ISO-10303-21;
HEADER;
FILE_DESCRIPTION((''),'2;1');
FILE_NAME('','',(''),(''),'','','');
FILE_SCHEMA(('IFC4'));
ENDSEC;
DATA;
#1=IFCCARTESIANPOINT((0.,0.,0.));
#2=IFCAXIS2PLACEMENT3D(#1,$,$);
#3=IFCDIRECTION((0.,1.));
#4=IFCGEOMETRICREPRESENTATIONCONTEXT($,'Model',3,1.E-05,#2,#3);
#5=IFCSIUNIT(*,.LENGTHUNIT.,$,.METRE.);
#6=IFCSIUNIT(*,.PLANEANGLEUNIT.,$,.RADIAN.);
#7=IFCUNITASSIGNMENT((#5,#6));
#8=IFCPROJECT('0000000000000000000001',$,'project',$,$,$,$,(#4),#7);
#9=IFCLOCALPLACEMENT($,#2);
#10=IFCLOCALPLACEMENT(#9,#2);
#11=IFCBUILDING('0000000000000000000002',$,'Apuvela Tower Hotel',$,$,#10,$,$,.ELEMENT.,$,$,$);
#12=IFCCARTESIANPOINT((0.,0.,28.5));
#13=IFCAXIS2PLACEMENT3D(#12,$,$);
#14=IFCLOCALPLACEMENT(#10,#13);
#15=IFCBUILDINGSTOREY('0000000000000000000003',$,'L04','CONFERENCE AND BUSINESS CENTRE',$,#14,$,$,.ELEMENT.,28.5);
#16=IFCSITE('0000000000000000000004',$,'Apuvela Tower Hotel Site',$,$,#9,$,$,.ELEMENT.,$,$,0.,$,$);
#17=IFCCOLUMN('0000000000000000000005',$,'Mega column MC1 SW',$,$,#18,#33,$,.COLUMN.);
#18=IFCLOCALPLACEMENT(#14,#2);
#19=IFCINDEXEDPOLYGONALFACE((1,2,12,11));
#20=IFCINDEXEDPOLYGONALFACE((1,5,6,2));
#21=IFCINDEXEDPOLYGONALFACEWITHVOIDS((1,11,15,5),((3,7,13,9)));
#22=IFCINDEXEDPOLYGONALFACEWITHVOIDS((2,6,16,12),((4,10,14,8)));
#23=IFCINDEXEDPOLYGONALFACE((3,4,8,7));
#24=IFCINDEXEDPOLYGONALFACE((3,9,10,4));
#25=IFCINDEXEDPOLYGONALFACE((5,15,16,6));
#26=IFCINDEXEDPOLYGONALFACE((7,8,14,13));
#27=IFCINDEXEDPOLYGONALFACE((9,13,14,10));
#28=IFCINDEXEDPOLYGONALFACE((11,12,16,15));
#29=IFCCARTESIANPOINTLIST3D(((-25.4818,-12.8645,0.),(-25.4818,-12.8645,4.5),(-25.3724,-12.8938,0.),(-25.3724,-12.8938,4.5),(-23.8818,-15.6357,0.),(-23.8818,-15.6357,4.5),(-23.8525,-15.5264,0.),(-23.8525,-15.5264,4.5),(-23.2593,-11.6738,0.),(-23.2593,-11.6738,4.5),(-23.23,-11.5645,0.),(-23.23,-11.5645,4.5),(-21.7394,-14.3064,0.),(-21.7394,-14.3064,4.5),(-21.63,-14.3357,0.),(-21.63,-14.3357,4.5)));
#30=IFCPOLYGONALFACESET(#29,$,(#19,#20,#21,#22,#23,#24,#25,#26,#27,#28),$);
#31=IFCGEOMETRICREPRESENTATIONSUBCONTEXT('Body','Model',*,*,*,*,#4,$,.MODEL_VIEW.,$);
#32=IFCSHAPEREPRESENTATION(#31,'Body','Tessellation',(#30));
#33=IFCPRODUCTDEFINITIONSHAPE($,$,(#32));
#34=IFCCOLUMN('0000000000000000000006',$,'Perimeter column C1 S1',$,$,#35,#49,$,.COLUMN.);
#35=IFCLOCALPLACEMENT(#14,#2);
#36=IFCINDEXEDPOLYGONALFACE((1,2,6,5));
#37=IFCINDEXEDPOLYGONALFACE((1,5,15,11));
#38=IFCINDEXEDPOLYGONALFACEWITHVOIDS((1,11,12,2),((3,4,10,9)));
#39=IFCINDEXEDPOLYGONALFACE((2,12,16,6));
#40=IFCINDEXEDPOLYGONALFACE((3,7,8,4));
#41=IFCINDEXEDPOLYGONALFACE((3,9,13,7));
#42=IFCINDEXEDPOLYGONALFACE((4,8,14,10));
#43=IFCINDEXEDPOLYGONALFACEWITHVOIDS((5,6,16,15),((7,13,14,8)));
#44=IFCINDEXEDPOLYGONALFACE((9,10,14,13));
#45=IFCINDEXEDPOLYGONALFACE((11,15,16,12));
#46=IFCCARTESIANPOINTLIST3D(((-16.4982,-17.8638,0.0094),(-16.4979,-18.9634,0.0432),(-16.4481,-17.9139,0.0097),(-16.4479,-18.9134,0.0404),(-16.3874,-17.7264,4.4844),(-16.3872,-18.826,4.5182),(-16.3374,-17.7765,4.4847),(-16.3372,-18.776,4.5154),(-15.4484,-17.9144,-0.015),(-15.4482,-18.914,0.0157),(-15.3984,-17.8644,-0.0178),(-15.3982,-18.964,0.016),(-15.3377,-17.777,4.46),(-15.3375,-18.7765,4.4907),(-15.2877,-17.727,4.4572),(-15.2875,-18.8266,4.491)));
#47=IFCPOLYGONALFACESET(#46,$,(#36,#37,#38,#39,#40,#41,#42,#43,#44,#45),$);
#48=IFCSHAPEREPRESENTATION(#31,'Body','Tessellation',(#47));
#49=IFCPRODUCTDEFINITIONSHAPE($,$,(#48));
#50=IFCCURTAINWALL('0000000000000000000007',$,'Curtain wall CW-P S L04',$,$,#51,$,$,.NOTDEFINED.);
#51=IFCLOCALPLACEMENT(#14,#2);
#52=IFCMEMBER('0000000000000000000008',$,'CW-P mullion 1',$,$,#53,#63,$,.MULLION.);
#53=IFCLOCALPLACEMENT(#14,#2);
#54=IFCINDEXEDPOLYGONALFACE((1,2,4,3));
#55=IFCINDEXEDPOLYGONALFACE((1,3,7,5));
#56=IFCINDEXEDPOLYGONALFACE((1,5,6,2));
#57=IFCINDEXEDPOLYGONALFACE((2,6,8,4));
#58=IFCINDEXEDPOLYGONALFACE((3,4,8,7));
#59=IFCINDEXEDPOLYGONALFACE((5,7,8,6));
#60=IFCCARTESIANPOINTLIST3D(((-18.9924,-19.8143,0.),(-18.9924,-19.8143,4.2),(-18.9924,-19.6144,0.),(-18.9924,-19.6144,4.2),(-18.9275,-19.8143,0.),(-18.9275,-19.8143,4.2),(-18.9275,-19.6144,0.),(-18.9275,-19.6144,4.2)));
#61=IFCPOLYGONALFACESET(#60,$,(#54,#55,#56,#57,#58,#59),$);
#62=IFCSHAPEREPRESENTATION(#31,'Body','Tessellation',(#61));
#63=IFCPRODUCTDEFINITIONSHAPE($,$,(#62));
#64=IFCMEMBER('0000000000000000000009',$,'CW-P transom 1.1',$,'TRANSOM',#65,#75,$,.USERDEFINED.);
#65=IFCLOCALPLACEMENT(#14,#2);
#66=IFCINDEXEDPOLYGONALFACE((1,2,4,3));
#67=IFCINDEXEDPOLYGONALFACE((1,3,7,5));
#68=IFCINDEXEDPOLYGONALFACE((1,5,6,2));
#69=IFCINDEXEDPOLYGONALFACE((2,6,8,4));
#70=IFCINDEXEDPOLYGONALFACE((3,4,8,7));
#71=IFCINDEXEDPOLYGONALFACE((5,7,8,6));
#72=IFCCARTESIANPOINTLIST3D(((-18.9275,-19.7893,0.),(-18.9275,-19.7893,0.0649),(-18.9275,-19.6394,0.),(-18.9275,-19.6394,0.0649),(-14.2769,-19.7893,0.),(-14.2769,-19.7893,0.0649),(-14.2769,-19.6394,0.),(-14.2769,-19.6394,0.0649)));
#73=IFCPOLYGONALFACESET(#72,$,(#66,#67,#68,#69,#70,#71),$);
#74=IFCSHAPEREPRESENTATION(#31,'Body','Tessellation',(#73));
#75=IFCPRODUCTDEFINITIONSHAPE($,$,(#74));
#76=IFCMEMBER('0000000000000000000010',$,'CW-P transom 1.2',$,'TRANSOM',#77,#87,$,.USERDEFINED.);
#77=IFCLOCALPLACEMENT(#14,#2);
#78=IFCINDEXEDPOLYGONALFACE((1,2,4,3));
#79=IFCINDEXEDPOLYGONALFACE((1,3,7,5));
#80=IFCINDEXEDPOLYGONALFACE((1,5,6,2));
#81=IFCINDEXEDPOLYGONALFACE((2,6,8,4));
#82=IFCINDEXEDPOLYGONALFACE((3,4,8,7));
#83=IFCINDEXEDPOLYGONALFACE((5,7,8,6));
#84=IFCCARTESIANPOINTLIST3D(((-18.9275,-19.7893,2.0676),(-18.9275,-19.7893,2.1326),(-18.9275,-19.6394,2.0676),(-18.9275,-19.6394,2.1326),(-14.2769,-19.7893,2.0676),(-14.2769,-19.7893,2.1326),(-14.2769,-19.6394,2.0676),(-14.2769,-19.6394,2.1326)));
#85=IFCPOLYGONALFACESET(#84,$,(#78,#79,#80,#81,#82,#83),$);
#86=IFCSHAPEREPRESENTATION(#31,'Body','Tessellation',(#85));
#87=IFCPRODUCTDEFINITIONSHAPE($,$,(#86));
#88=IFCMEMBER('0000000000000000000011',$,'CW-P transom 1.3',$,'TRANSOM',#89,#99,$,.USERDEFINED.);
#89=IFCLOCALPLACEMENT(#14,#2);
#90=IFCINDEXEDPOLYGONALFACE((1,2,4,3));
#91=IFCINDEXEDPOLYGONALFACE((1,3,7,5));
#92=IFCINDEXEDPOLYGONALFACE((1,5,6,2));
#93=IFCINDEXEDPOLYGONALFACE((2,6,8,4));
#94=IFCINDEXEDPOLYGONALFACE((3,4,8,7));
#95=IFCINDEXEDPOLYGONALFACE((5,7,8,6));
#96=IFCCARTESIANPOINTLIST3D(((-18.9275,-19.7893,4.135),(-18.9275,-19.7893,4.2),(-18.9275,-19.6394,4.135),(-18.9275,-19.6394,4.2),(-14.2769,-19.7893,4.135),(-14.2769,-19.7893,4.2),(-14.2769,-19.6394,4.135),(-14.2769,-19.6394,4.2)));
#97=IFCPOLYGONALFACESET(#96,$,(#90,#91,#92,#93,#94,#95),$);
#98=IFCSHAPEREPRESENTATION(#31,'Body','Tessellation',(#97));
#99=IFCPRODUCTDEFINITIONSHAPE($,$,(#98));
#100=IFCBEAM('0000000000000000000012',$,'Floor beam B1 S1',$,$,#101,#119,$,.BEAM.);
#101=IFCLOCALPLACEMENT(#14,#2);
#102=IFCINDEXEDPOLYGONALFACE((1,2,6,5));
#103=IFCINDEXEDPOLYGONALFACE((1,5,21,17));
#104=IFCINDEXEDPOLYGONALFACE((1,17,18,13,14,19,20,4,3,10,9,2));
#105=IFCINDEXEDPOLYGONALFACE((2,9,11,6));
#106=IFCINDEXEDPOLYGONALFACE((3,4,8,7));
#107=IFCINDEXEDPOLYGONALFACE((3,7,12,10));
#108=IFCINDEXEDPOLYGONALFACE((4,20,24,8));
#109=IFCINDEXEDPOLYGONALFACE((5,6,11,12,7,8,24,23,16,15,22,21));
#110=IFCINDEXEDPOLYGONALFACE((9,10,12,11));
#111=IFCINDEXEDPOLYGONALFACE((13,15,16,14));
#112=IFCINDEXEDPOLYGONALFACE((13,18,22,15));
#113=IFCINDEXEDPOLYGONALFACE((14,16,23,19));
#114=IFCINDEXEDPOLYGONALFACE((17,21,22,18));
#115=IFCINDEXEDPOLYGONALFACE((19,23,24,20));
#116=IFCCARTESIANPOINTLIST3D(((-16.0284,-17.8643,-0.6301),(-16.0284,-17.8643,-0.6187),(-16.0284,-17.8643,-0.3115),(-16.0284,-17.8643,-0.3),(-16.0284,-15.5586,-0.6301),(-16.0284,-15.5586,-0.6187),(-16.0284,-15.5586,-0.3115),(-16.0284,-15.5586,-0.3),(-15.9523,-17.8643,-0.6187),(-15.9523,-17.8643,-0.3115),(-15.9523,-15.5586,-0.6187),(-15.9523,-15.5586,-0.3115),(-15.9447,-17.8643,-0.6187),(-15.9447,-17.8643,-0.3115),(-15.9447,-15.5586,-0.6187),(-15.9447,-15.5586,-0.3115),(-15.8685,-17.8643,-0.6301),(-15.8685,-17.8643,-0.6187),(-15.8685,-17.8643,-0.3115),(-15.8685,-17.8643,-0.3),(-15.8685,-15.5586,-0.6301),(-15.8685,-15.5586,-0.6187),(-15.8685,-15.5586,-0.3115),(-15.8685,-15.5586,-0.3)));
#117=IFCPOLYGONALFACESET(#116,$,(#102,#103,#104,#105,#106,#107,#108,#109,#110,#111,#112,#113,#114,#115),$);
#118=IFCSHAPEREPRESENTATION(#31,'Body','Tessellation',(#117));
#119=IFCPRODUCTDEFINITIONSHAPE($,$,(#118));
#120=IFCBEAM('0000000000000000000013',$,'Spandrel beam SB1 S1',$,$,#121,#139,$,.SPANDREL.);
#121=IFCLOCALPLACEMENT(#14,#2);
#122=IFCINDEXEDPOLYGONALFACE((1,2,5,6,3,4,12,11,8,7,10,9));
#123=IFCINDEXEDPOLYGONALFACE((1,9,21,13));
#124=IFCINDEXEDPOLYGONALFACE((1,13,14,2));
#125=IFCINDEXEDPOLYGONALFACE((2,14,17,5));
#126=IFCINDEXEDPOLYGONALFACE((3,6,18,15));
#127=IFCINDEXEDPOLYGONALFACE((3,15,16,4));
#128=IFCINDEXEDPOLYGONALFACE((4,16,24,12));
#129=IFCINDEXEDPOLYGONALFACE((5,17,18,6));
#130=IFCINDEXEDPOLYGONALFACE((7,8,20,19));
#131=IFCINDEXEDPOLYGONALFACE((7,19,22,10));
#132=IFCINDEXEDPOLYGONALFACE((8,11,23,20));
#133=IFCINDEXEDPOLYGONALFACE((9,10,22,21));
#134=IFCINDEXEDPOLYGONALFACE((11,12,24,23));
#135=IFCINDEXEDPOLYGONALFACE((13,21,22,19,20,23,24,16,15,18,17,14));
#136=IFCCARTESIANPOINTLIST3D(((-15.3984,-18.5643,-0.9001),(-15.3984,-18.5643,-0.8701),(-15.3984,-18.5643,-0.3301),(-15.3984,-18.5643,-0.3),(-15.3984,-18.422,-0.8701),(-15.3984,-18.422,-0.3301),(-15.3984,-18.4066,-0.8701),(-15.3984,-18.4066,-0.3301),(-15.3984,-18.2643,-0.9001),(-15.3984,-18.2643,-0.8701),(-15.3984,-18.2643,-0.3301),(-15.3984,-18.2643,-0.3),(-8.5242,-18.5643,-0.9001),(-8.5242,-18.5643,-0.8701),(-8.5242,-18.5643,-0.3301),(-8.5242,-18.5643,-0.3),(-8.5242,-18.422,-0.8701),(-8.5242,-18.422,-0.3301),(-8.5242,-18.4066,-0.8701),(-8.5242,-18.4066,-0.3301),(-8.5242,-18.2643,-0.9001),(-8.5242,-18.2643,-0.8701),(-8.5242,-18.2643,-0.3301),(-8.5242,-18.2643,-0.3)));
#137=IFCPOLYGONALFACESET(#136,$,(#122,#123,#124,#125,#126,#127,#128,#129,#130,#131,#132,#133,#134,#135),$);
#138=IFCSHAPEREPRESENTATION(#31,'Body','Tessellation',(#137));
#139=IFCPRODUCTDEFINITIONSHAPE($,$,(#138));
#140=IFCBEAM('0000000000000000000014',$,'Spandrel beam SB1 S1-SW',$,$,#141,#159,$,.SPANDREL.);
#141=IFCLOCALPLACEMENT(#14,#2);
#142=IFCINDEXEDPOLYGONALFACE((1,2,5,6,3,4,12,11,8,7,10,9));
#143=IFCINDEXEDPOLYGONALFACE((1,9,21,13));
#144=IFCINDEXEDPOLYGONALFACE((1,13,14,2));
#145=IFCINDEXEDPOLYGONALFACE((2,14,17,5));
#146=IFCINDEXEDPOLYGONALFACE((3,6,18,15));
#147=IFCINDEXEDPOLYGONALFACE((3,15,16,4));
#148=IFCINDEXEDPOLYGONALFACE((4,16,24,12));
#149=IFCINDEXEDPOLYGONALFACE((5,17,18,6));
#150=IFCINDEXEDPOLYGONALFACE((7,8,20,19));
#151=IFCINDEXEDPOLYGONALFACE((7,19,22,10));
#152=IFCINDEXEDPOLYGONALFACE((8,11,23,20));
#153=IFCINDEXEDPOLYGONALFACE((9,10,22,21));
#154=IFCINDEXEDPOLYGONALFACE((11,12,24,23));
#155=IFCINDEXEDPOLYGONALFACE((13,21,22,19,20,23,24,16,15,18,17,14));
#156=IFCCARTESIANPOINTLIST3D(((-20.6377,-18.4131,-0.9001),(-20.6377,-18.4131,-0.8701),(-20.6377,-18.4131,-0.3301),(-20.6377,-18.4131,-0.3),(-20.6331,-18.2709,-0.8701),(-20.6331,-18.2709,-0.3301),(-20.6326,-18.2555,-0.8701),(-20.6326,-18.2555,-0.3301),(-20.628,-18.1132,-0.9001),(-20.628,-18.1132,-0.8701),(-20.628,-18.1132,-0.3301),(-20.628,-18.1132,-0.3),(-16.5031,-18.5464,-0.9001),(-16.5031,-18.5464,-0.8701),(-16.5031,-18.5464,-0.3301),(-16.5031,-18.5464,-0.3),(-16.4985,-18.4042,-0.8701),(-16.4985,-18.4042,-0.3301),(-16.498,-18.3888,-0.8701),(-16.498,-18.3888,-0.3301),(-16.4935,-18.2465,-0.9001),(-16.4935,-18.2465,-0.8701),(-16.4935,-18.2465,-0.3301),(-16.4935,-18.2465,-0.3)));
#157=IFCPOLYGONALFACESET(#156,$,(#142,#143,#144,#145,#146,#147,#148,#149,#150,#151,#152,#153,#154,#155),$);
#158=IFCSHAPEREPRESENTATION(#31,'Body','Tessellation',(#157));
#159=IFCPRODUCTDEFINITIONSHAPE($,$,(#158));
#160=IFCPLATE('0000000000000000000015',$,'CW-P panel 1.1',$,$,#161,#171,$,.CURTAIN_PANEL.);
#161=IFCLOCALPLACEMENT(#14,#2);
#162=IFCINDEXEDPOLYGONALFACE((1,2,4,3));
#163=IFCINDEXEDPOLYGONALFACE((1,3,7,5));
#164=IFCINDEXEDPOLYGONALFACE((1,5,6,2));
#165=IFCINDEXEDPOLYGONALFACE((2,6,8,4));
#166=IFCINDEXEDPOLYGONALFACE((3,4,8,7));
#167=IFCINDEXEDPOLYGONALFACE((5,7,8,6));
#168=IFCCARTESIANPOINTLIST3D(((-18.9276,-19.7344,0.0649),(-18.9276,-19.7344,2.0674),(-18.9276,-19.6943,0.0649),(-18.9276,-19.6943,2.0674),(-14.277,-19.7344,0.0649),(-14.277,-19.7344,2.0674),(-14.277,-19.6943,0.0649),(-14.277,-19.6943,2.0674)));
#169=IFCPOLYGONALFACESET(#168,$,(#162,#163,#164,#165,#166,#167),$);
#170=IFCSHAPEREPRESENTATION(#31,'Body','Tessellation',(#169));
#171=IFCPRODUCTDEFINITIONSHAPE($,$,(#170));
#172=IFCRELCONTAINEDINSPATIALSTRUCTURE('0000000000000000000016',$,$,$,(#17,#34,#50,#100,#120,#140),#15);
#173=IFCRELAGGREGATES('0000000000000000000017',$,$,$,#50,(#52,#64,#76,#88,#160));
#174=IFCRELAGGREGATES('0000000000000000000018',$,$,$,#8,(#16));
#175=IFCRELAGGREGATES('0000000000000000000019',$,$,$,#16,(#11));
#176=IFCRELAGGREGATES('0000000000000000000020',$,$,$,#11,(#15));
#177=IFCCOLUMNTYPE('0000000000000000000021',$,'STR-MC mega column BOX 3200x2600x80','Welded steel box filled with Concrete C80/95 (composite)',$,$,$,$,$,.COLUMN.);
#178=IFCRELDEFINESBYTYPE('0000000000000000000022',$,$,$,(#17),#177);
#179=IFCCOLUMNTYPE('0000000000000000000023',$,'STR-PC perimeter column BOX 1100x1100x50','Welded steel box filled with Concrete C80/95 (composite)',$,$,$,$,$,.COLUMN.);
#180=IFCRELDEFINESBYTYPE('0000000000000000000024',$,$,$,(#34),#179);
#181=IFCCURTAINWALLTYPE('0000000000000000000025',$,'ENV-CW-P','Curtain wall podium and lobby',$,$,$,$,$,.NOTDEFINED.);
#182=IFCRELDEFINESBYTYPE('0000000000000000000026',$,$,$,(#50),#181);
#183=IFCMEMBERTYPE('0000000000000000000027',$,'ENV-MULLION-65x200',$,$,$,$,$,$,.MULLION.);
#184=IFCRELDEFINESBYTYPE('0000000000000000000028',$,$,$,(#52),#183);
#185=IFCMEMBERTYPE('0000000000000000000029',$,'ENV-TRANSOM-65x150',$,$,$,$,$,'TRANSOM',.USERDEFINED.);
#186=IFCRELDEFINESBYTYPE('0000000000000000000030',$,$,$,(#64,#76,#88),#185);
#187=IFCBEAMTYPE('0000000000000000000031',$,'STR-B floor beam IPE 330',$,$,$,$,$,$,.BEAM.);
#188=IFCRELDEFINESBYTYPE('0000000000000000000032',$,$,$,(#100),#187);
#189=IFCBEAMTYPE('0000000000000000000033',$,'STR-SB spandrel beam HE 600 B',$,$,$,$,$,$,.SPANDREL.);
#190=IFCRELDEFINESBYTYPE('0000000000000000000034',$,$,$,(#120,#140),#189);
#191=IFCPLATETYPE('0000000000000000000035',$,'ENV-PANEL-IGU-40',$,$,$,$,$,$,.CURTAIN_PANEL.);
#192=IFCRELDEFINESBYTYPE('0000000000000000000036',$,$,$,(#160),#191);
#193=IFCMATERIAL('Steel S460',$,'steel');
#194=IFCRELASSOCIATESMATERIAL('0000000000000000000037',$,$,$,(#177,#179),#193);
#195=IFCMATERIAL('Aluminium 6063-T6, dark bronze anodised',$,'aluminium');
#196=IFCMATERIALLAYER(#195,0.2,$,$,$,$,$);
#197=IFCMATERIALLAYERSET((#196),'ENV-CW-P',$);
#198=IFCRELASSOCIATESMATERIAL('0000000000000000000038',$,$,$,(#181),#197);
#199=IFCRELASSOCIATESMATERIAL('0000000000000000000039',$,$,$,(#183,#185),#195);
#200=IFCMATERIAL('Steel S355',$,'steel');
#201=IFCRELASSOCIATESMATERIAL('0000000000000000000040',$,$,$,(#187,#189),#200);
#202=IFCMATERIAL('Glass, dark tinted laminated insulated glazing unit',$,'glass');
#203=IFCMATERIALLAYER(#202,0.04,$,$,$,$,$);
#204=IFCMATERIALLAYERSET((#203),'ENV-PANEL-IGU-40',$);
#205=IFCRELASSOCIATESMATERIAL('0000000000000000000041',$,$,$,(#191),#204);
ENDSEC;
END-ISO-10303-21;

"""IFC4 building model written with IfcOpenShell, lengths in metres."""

from ifc_helpers import new_model, si_unit, direction, frame, origin, origin_2d, place, context, subcontext, project, spatial, rectangle, hollow_rectangle, i_section, extrude, boolean, halfspace, material, layer, layer_set, material_profile, profile_set, type_object, element, aggregate, save


model = new_model("IFC4")

# Units and contexts
model_context = context("Model", 3, precision=1e-05, world=origin(), true_north=direction((0.0, 1.0)))
body_context = subcontext(model_context, "Body", "Model", "MODEL_VIEW")
ifc_project = project(units=[si_unit("LENGTHUNIT", "METRE"), si_unit("PLANEANGLEUNIT", "RADIAN")], contexts=[model_context])

# Site, building, storey
site_placement = place(None, origin())
site = spatial("IfcSite", under=ifc_project, at=site_placement, Name="Apuvela Tower Hotel Site", CompositionType="ELEMENT", RefElevation=0.0)
building_placement = place(site_placement, origin())
building = spatial("IfcBuilding", under=site, at=building_placement, Name="Apuvela Tower Hotel", CompositionType="ELEMENT")
storey_placement = place(building_placement, frame((0.0, 0.0, 28.5)))
storey = spatial("IfcBuildingStorey", under=building, at=storey_placement, Name="L04", Description="CONFERENCE AND BUSINESS CENTRE", CompositionType="ELEMENT", Elevation=28.5)

# Columns
ifc_material_1 = material(Name="Steel S460", Category="steel")
ifc_material_profile_1 = material_profile(ifc_material_1, hollow_rectangle(XDim=3.2, YDim=2.6001, WallThickness=0.0801, at=origin_2d()), Name="BOX 3200x2600x80")
ifc_material_2 = material(Name="Concrete C80/95", Category="concrete")
ifc_material_profile_2 = material_profile(ifc_material_2, rectangle(XDim=3.04, YDim=2.4399, at=origin_2d()), Name="Concrete C80/95 infill")
ifc_profile_set_1 = profile_set([ifc_material_profile_1, ifc_material_profile_2], Name="Steel S460")
column_type_1 = type_object("IfcColumnType", Name="STR-MC mega column BOX 3200x2600x80", Description="Welded steel box filled with Concrete C80/95 (composite)", PredefinedType="COLUMN", material=ifc_profile_set_1)
column_1_placement = place(storey_placement, frame((-23.5559, -13.6001, 0.0), z_axis=(0.0, 0.0, 1.0), x_axis=(-0.5, 0.866025, 0.0)))
element("IfcColumn", 1, at=column_1_placement, inside=storey, type_object=column_type_1, Name="Mega column MC1 SW", PredefinedType="COLUMN", context=body_context, shape_type="SweptSolid", body=[
    extrude(hollow_rectangle(XDim=3.2, YDim=2.6001, WallThickness=0.0801, at=origin_2d()), origin(), (0.0, 0.0, 1.0), 4.5),
])
ifc_material_profile_3 = material_profile(ifc_material_1, hollow_rectangle(XDim=1.1001, YDim=1.1001, WallThickness=0.05, at=origin_2d()), Name="BOX 1100x1100x50")
ifc_material_profile_4 = material_profile(ifc_material_2, rectangle(XDim=1.0, YDim=1.0, at=origin_2d()), Name="Concrete C80/95 infill")
ifc_profile_set_2 = profile_set([ifc_material_profile_3, ifc_material_profile_4], Name="Steel S460")
column_type_2 = type_object("IfcColumnType", Name="STR-PC perimeter column BOX 1100x1100x50", Description="Welded steel box filled with Concrete C80/95 (composite)", PredefinedType="COLUMN", material=ifc_profile_set_2)
column_2_placement = place(storey_placement, frame((-15.9485, -18.4143, 0.0), z_axis=(0.02472, 0.030684, 0.999223), x_axis=(-0.999694, 0.000568, 0.024715)))
element("IfcColumn", 2, at=column_2_placement, inside=storey, type_object=column_type_2, Name="Perimeter column C1 S1", PredefinedType="COLUMN", context=body_context, shape_type="SweptSolid", body=[
    boolean("DIFFERENCE", boolean("DIFFERENCE", extrude(hollow_rectangle(XDim=1.1001, YDim=1.1001, WallThickness=0.05, at=origin_2d()), origin(), (0.0, 0.0, 1.0), 4.5034), halfspace(frame((0.0, 0.0, 0.0127), z_axis=(0.0, 0.0, 1.0), x_axis=(1.0, 0.0, 0.0)), True)), halfspace(frame((0.0, 0.0, 4.4912), z_axis=(0.0, 0.0, 1.0), x_axis=(1.0, 0.0, 0.0)), False)),
])

# Curtain wall, members
ifc_material_3 = material(Name="Aluminium 6063-T6, dark bronze anodised", Category="aluminium")
ifc_layer_1 = layer(ifc_material_3, 0.2)
ifc_layer_set_1 = layer_set([ifc_layer_1], Name="ENV-CW-P")
curtain_wall_type = type_object("IfcCurtainWallType", Name="ENV-CW-P", Description="Curtain wall podium and lobby", PredefinedType="NOTDEFINED", material=ifc_layer_set_1)
curtain_wall_placement = place(storey_placement, origin())
curtain_wall = element("IfcCurtainWall", 3, at=curtain_wall_placement, inside=storey, type_object=curtain_wall_type, Name="Curtain wall CW-P S L04", PredefinedType="NOTDEFINED")
ifc_material_profile_5 = material_profile(ifc_material_3, rectangle(XDim=0.2, YDim=0.0649, at=origin_2d()), Name="AL 65x200")
ifc_profile_set_3 = profile_set([ifc_material_profile_5], Name="Aluminium 6063-T6, dark bronze anodised")
member_type_1 = type_object("IfcMemberType", Name="ENV-MULLION-65x200", PredefinedType="MULLION", material=ifc_profile_set_3)
member_1_placement = place(storey_placement, frame((-18.96, -19.7144, 0.0), z_axis=(0.0, 0.0, 1.0), x_axis=(0.0, 1.0, 0.0)))
member_1 = element("IfcMember", 4, at=member_1_placement, type_object=member_type_1, Name="CW-P mullion 1", PredefinedType="MULLION", context=body_context, shape_type="SweptSolid", body=[
    extrude(rectangle(XDim=0.2, YDim=0.0649, at=origin_2d()), origin(), (0.0, 0.0, 1.0), 4.2),
])
ifc_material_profile_6 = material_profile(ifc_material_3, rectangle(XDim=0.1499, YDim=0.0649, at=origin_2d()), Name="AL 65x150 transom")
ifc_profile_set_4 = profile_set([ifc_material_profile_6], Name="Aluminium 6063-T6, dark bronze anodised")
member_type_2 = type_object("IfcMemberType", Name="ENV-TRANSOM-65x150", ElementType="TRANSOM", PredefinedType="USERDEFINED", material=ifc_profile_set_4)
member_2_placement = place(storey_placement, frame((-18.9275, -19.7144, 0.0325), z_axis=(1.0, 0.0, 0.0), x_axis=(0.0, 1.0, 0.0)))
member_2 = element("IfcMember", 5, at=member_2_placement, type_object=member_type_2, Name="CW-P transom 1.1", ObjectType="TRANSOM", PredefinedType="USERDEFINED", context=body_context, shape_type="SweptSolid", body=[
    extrude(rectangle(XDim=0.1499, YDim=0.0649, at=origin_2d()), origin(), (0.0, 0.0, 1.0), 4.6506),
])
member_3_placement = place(storey_placement, frame((-18.9275, -19.7144, 2.1001), z_axis=(1.0, 0.0, 0.0), x_axis=(0.0, 1.0, 0.0)))
member_3 = element("IfcMember", 6, at=member_3_placement, type_object=member_type_2, Name="CW-P transom 1.2", ObjectType="TRANSOM", PredefinedType="USERDEFINED", context=body_context, shape_type="SweptSolid", body=[
    extrude(rectangle(XDim=0.1499, YDim=0.0649, at=origin_2d()), origin(), (0.0, 0.0, 1.0), 4.6506),
])
member_4_placement = place(storey_placement, frame((-18.9275, -19.7144, 4.1675), z_axis=(1.0, 0.0, 0.0), x_axis=(0.0, 1.0, 0.0)))
member_4 = element("IfcMember", 7, at=member_4_placement, type_object=member_type_2, Name="CW-P transom 1.3", ObjectType="TRANSOM", PredefinedType="USERDEFINED", context=body_context, shape_type="SweptSolid", body=[
    extrude(rectangle(XDim=0.1499, YDim=0.0649, at=origin_2d()), origin(), (0.0, 0.0, 1.0), 4.6506),
])

# Beams
ifc_material_4 = material(Name="Steel S355", Category="steel")
ifc_material_profile_7 = material_profile(ifc_material_4, i_section(OverallWidth=0.1599, OverallDepth=0.3301, WebThickness=0.0076, FlangeThickness=0.0115, at=origin_2d()), Name="IPE 330")
ifc_profile_set_5 = profile_set([ifc_material_profile_7], Name="Steel S355")
beam_type_1 = type_object("IfcBeamType", Name="STR-B floor beam IPE 330", PredefinedType="BEAM", material=ifc_profile_set_5)
beam_1_placement = place(storey_placement, frame((-15.9485, -17.8643, -0.4651), z_axis=(0.0, 1.0, 0.0), x_axis=(-1.0, 0.0, 0.0)))
element("IfcBeam", 8, at=beam_1_placement, inside=storey, type_object=beam_type_1, Name="Floor beam B1 S1", PredefinedType="BEAM", context=body_context, shape_type="SweptSolid", body=[
    extrude(i_section(OverallWidth=0.1599, OverallDepth=0.3301, WebThickness=0.0076, FlangeThickness=0.0115, at=origin_2d()), origin(), (0.0, 0.0, 1.0), 2.3057),
])
ifc_material_profile_8 = material_profile(ifc_material_4, i_section(OverallWidth=0.3, OverallDepth=0.6001, WebThickness=0.0154, FlangeThickness=0.03, at=origin_2d()), Name="HE 600 B")
ifc_profile_set_6 = profile_set([ifc_material_profile_8], Name="Steel S355")
beam_type_2 = type_object("IfcBeamType", Name="STR-SB spandrel beam HE 600 B", PredefinedType="SPANDREL", material=ifc_profile_set_6)
beam_2_placement = place(storey_placement, frame((-15.3984, -18.4143, -0.6001), z_axis=(1.0, 0.0, 0.0), x_axis=(0.0, 1.0, 0.0)))
element("IfcBeam", 9, at=beam_2_placement, inside=storey, type_object=beam_type_2, Name="Spandrel beam SB1 S1", PredefinedType="SPANDREL", context=body_context, shape_type="SweptSolid", body=[
    extrude(i_section(OverallWidth=0.3, OverallDepth=0.6001, WebThickness=0.0154, FlangeThickness=0.03, at=origin_2d()), origin(), (0.0, 0.0, 1.0), 6.8743),
])
beam_3_placement = place(storey_placement, frame((-16.4983, -18.3965, -0.6001), z_axis=(-0.999481, 0.032224, 0.0), x_axis=(-0.032224, -0.999481, 0.0)))
element("IfcBeam", 10, at=beam_3_placement, inside=storey, type_object=beam_type_2, Name="Spandrel beam SB1 S1-SW", PredefinedType="SPANDREL", context=body_context, shape_type="SweptSolid", body=[
    extrude(i_section(OverallWidth=0.3, OverallDepth=0.6001, WebThickness=0.0154, FlangeThickness=0.03, at=origin_2d()), origin(), (0.0, 0.0, 1.0), 4.1367),
])

# Plate
ifc_material_5 = material(Name="Glass, dark tinted laminated insulated glazing unit", Category="glass")
ifc_layer_2 = layer(ifc_material_5, 0.04)
ifc_layer_set_2 = layer_set([ifc_layer_2], Name="ENV-PANEL-IGU-40")
plate_type = type_object("IfcPlateType", Name="ENV-PANEL-IGU-40", PredefinedType="CURTAIN_PANEL", material=ifc_layer_set_2)
plate_1_placement = place(storey_placement, frame((-16.6023, -19.7144, 0.0649), z_axis=(0.0, 0.0, 1.0), x_axis=(1.0, 0.0, 0.0)))
plate_1 = element("IfcPlate", 11, at=plate_1_placement, type_object=plate_type, Name="CW-P panel 1.1", PredefinedType="CURTAIN_PANEL", context=body_context, shape_type="SweptSolid", body=[
    extrude(rectangle(XDim=4.6506, YDim=0.04, at=origin_2d()), origin(), (0.0, 0.0, 1.0), 2.0024),
])
aggregate(curtain_wall, [member_1, member_2, member_3, member_4, plate_1])

save(model, "model.ifc")
